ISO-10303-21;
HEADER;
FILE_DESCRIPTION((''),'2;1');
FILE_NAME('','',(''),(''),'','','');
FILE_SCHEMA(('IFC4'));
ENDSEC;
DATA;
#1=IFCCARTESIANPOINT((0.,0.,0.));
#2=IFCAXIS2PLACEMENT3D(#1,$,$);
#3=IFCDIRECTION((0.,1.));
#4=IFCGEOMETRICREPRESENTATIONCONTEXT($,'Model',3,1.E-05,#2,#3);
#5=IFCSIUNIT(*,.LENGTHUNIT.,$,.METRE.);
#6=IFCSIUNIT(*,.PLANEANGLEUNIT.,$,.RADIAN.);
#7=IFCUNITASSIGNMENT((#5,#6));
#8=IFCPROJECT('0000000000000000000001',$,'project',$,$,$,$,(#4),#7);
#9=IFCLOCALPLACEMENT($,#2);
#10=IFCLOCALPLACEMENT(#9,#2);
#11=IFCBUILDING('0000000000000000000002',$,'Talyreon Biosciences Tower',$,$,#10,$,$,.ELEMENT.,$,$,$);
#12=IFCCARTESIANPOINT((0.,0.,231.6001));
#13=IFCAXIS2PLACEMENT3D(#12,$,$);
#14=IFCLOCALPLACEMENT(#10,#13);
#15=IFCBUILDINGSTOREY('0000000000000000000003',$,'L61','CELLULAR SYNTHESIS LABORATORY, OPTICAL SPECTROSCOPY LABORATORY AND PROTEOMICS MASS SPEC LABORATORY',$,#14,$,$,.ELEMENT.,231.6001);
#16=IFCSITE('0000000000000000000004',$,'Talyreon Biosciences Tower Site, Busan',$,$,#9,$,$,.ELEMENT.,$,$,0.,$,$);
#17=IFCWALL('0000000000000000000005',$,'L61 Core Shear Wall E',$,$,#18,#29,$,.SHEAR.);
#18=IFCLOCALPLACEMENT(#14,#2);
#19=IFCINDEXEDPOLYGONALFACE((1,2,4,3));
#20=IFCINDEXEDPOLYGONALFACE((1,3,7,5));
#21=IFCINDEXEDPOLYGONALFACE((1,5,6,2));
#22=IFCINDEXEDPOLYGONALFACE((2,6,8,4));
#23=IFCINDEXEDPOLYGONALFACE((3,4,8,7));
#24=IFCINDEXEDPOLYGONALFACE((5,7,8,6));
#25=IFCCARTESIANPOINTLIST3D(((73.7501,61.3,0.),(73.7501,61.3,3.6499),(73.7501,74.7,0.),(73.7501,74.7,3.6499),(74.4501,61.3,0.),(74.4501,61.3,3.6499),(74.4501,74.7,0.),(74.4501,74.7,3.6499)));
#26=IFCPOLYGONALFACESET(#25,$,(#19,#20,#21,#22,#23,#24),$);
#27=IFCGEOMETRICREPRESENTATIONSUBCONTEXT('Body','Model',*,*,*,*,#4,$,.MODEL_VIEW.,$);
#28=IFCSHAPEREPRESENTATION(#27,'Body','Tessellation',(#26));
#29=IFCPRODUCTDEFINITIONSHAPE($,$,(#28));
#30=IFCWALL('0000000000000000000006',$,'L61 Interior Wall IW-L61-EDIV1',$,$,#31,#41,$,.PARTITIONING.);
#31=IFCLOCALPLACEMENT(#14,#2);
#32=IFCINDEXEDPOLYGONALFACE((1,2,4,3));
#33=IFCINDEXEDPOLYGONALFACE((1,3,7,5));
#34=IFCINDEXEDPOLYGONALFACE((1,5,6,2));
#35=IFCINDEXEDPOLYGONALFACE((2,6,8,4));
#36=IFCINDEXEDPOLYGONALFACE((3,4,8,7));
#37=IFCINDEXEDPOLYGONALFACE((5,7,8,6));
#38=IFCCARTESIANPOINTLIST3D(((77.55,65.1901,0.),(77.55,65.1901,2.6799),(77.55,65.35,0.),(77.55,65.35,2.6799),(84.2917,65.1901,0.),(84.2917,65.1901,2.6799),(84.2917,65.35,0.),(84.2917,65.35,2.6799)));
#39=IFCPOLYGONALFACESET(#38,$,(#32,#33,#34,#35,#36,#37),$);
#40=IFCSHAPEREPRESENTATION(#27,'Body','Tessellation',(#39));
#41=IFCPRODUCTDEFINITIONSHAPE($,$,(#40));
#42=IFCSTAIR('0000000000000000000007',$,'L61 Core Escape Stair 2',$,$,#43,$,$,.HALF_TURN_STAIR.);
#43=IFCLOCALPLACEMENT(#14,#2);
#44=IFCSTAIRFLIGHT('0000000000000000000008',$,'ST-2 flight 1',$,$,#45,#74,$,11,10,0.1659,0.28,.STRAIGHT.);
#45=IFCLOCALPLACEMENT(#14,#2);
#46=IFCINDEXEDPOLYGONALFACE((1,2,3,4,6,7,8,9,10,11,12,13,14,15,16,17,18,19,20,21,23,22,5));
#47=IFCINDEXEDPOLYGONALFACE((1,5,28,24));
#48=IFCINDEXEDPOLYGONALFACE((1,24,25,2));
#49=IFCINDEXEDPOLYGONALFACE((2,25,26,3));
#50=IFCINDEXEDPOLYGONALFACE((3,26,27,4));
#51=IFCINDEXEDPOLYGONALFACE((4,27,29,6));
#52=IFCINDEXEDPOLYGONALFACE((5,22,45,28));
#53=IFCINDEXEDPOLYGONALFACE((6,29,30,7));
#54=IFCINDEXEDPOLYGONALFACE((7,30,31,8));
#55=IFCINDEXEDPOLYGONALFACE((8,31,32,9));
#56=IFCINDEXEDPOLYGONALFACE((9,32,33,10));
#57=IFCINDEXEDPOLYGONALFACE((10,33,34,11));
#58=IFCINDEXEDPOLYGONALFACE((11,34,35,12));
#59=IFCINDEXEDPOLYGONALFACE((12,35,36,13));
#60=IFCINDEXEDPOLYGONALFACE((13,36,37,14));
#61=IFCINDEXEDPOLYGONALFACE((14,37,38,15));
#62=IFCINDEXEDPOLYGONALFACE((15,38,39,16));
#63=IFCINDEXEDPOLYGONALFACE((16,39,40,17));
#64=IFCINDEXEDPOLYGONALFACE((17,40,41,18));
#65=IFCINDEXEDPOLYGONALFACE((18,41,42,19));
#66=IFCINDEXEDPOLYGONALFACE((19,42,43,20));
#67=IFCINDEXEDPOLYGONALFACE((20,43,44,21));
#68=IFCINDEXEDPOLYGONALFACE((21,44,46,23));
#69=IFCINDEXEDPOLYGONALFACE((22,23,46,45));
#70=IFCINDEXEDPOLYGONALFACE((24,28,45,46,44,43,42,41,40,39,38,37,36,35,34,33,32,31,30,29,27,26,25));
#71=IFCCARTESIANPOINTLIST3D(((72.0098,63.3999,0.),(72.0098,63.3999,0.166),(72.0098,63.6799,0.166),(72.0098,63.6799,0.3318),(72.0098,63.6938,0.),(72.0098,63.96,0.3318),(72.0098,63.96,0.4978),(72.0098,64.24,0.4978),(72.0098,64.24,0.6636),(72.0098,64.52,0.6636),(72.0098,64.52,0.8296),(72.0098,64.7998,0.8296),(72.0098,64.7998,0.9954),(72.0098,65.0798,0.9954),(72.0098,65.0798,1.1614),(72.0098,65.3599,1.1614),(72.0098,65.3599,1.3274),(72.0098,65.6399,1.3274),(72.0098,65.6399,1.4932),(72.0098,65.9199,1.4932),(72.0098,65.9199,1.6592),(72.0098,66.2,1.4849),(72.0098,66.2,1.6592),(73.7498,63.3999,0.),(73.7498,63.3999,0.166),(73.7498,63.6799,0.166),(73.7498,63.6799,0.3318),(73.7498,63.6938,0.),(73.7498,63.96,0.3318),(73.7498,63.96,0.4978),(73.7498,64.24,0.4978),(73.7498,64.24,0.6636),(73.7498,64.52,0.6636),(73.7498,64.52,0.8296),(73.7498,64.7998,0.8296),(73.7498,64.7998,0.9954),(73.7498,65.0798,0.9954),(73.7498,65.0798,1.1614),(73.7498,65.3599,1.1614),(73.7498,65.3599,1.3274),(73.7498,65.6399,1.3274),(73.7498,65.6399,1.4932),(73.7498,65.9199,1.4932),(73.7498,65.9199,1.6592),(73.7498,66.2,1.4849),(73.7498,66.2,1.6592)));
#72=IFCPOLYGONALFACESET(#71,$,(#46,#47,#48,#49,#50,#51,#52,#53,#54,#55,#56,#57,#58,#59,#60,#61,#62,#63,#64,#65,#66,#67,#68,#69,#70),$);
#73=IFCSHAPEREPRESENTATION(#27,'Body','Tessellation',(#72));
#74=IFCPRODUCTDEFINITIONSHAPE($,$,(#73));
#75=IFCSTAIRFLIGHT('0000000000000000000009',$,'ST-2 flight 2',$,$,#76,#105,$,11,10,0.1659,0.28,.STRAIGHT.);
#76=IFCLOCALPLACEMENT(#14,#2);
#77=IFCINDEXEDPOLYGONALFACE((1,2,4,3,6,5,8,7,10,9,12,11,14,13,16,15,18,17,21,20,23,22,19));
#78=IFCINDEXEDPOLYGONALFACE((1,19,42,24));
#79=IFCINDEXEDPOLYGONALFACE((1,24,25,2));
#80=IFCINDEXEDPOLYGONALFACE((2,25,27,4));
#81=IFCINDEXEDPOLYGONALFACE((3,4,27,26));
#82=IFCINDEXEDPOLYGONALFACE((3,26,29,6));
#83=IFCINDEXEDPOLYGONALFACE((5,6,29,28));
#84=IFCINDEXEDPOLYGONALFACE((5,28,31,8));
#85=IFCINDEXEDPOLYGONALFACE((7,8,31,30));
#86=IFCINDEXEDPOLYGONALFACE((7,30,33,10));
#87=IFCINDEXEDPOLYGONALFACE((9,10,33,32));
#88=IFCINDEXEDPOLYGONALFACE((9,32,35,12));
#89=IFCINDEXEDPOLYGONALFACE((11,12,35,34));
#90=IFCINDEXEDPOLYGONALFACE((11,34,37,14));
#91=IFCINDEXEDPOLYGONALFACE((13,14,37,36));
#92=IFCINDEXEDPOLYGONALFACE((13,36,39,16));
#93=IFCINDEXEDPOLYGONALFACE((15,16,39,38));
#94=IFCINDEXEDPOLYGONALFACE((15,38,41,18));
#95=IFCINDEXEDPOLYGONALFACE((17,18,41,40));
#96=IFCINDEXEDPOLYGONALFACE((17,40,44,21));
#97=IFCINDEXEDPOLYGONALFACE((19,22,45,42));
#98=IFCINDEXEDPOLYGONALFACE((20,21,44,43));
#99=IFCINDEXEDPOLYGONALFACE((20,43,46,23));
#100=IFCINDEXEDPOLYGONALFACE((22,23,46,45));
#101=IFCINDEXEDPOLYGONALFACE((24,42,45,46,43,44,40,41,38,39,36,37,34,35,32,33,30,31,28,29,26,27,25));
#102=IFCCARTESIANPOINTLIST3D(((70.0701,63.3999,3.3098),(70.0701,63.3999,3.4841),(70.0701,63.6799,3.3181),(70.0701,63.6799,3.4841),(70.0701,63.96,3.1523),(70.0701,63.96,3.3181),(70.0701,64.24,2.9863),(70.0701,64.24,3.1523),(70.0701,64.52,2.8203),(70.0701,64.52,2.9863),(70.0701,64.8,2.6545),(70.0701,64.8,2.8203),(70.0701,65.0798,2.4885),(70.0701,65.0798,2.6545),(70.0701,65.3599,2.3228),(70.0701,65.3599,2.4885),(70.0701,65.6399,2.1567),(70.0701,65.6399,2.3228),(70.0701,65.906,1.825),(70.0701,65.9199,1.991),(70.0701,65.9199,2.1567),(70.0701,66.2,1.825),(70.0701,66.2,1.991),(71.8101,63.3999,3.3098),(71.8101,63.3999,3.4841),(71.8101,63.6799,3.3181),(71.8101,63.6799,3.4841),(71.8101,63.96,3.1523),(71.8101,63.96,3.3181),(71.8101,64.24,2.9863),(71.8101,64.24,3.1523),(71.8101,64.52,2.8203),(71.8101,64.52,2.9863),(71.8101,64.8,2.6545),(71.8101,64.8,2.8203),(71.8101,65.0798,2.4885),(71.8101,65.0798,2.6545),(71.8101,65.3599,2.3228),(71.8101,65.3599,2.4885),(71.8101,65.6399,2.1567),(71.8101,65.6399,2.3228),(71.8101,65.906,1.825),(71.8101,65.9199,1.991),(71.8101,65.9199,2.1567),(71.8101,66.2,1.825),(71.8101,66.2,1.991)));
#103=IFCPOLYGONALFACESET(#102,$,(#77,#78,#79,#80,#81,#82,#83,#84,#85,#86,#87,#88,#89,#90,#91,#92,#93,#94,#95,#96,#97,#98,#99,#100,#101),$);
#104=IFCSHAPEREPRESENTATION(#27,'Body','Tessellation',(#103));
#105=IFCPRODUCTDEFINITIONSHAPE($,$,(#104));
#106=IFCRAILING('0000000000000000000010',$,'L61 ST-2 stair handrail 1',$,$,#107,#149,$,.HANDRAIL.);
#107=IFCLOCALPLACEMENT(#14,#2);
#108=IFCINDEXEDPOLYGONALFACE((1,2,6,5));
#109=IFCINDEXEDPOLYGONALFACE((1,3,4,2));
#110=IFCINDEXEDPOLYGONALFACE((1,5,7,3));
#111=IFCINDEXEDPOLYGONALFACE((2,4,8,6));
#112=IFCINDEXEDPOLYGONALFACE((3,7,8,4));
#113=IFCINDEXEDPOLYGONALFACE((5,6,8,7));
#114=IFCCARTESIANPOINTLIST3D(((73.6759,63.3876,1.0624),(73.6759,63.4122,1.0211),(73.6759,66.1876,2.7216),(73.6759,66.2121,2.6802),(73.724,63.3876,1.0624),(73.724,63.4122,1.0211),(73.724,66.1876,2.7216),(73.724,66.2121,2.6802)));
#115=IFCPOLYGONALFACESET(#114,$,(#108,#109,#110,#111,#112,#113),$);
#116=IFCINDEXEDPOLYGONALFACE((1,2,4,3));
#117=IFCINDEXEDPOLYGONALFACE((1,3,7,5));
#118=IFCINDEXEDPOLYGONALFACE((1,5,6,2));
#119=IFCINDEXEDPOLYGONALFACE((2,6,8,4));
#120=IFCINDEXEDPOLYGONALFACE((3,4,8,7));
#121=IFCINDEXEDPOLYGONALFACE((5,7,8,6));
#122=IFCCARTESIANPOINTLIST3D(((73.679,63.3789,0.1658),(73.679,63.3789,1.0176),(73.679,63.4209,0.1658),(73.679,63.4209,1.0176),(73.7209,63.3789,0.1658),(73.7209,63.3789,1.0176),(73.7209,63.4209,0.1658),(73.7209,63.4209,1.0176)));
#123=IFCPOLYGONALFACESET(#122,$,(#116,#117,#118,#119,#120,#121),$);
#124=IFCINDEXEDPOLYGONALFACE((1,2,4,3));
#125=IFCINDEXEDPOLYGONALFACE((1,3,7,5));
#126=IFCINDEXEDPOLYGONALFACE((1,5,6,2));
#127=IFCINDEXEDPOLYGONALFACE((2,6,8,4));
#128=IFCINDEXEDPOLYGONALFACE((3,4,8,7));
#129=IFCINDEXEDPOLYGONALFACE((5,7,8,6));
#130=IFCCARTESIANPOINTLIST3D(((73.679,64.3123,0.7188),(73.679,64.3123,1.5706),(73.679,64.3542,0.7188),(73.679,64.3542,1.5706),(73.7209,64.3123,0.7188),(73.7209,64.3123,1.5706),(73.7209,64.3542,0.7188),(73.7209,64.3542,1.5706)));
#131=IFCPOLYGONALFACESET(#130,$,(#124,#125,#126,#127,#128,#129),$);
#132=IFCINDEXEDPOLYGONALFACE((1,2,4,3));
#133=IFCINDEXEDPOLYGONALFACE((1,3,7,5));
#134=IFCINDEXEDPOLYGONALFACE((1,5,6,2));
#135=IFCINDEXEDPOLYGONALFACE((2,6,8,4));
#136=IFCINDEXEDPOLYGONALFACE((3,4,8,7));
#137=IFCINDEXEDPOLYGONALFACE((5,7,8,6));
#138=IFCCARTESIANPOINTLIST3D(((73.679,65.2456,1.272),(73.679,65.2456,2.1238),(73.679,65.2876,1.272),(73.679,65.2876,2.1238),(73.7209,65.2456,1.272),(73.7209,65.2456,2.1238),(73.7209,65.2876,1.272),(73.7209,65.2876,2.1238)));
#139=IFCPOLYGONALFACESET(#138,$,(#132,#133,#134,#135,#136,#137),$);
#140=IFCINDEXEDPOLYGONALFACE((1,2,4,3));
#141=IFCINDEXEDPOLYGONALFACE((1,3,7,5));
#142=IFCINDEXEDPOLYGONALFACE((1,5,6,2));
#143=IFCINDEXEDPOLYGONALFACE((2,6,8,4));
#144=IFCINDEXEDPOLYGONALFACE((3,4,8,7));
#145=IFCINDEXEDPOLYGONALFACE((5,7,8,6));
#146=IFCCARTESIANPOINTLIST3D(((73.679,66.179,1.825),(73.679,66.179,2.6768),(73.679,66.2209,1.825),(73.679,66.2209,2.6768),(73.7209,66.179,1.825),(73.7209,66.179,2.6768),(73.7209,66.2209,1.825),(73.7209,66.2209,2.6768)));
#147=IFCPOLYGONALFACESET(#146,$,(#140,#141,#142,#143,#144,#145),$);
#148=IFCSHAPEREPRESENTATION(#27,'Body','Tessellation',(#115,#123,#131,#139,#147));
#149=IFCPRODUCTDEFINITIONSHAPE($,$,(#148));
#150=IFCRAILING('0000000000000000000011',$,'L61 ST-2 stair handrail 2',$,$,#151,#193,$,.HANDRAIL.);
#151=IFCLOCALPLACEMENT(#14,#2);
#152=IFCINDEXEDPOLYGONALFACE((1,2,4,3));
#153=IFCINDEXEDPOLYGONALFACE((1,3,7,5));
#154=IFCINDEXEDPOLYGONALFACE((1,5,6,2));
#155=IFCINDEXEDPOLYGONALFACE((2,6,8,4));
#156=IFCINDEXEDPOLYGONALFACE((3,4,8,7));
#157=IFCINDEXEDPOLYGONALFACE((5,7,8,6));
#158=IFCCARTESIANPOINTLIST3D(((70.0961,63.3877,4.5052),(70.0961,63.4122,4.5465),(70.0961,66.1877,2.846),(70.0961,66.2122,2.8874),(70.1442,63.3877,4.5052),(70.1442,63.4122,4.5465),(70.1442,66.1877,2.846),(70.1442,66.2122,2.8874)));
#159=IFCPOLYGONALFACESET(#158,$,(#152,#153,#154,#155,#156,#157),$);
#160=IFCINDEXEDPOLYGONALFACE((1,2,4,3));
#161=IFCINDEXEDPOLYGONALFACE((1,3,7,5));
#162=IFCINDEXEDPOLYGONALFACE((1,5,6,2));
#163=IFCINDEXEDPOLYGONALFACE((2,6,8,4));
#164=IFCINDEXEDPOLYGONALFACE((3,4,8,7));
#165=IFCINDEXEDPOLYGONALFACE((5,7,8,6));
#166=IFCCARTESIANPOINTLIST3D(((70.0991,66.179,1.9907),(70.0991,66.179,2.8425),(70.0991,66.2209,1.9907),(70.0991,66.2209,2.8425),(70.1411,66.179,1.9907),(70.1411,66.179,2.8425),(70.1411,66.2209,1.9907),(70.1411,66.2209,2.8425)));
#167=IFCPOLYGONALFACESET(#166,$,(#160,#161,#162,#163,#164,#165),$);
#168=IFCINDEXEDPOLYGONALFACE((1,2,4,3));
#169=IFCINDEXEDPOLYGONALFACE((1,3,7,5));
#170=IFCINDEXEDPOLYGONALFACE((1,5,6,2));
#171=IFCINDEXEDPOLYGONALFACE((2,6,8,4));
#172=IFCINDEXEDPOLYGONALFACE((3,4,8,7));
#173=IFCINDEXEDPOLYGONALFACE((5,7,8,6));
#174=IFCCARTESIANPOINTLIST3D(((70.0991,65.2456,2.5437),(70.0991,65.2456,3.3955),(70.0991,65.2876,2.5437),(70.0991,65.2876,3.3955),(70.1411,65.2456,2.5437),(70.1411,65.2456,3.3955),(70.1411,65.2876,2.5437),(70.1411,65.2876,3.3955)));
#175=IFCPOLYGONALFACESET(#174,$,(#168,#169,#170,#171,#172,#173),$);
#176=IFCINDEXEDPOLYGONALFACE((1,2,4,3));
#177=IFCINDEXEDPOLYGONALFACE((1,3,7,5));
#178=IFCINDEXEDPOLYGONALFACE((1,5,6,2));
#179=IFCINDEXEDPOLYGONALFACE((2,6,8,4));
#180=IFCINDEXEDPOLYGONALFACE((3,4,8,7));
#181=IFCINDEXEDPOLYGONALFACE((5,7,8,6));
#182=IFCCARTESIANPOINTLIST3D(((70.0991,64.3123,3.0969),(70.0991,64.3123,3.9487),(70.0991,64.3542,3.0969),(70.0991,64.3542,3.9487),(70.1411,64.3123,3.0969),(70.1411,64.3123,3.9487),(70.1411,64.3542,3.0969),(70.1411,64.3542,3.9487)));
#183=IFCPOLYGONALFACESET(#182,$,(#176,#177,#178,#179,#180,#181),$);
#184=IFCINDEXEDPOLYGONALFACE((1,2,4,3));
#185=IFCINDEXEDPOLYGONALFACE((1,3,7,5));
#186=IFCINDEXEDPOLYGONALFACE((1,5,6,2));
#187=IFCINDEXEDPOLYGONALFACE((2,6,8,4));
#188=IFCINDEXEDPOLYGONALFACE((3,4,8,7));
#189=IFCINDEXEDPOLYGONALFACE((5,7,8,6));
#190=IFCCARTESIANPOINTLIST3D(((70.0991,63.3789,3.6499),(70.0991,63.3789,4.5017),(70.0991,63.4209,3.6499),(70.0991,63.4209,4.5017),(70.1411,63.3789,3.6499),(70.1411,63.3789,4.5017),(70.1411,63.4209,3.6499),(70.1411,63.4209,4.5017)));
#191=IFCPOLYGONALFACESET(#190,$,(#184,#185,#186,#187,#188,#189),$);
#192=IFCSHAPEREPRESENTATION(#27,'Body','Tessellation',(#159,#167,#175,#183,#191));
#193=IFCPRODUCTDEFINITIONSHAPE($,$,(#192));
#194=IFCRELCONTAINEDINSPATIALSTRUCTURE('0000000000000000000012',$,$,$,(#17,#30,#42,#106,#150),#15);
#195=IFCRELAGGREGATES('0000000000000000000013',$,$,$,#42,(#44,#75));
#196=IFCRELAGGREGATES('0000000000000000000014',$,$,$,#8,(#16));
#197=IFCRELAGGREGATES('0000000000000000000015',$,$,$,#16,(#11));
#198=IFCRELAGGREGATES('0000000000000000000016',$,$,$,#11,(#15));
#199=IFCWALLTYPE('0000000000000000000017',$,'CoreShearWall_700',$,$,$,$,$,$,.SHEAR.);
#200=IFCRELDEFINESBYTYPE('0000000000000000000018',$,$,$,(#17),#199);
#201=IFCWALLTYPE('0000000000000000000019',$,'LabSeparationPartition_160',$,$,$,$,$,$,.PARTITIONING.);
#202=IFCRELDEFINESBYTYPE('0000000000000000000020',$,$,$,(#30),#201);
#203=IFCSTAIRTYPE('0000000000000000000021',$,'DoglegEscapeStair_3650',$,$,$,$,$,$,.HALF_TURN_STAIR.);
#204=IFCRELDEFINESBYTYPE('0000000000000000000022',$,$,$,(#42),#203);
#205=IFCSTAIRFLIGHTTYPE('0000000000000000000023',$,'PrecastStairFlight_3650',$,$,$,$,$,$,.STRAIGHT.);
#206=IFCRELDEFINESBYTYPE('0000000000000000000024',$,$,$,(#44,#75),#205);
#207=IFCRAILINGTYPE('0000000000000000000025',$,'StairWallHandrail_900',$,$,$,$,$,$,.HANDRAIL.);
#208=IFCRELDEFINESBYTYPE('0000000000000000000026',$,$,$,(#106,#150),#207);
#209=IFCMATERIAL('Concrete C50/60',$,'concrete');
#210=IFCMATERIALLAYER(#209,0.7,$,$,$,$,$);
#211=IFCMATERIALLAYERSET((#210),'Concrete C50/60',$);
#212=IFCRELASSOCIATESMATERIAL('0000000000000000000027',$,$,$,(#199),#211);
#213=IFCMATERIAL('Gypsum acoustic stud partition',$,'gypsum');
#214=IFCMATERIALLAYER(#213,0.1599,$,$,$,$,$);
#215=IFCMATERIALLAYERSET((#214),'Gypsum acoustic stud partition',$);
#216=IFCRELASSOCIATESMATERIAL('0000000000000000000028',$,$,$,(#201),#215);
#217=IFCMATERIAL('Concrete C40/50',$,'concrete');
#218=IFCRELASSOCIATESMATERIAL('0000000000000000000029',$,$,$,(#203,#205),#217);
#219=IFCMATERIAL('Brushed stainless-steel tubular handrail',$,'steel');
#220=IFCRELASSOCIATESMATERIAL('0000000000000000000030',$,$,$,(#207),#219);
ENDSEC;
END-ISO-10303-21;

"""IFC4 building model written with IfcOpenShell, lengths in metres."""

from ifc_helpers import new_model, si_unit, direction, frame, frame_2d, origin, origin_2d, place, context, subcontext, project, spatial, polyline, rectangle, outline, extrude, material, layer, layer_set, type_object, element, aggregate, save


model = new_model("IFC4")

# Units and contexts
model_context = context("Model", 3, precision=1e-05, world=origin(), true_north=direction((0.0, 1.0)))
body_context = subcontext(model_context, "Body", "Model", "MODEL_VIEW")
ifc_project = project(units=[si_unit("LENGTHUNIT", "METRE"), si_unit("PLANEANGLEUNIT", "RADIAN")], contexts=[model_context])

# Site, building, storey
site_placement = place(None, origin())
site = spatial("IfcSite", under=ifc_project, at=site_placement, Name="Talyreon Biosciences Tower Site, Busan", CompositionType="ELEMENT", RefElevation=0.0)
building_placement = place(site_placement, origin())
building = spatial("IfcBuilding", under=site, at=building_placement, Name="Talyreon Biosciences Tower", CompositionType="ELEMENT")
storey_placement = place(building_placement, frame((0.0, 0.0, 231.6001)))
storey = spatial("IfcBuildingStorey", under=building, at=storey_placement, Name="L61", Description="CELLULAR SYNTHESIS LABORATORY, OPTICAL SPECTROSCOPY LABORATORY AND PROTEOMICS MASS SPEC LABORATORY", CompositionType="ELEMENT", Elevation=231.6001)

# Shared definitions
ifc_material_1 = material(Name="Concrete C50/60", Category="concrete")

# Walls
ifc_layer_1 = layer(ifc_material_1, 0.7)
ifc_layer_set_1 = layer_set([ifc_layer_1], Name="Concrete C50/60")
wall_type_1 = type_object("IfcWallType", Name="CoreShearWall_700", PredefinedType="SHEAR", material=ifc_layer_set_1)
wall_1_placement = place(storey_placement, frame((74.1001, 61.3, 0.0), z_axis=(0.0, 0.0, 1.0), x_axis=(0.0, 1.0, 0.0)))
element("IfcWall", 1, at=wall_1_placement, inside=storey, type_object=wall_type_1, Name="L61 Core Shear Wall E", PredefinedType="SHEAR", context=body_context, shape_type="SweptSolid", body=[
    extrude(rectangle(XDim=13.3999, YDim=0.7, at=frame_2d((6.7, 0.0))), origin(), (0.0, 0.0, 1.0), 3.6499),
])
ifc_material_2 = material(Name="Gypsum acoustic stud partition", Category="gypsum")
ifc_layer_2 = layer(ifc_material_2, 0.1599)
ifc_layer_set_2 = layer_set([ifc_layer_2], Name="Gypsum acoustic stud partition")
wall_type_2 = type_object("IfcWallType", Name="LabSeparationPartition_160", PredefinedType="PARTITIONING", material=ifc_layer_set_2)
wall_2_placement = place(storey_placement, frame((77.55, 65.27, 0.0), z_axis=(0.0, 0.0, 1.0), x_axis=(1.0, 0.0, 0.0)))
element("IfcWall", 2, at=wall_2_placement, inside=storey, type_object=wall_type_2, Name="L61 Interior Wall IW-L61-EDIV1", PredefinedType="PARTITIONING", context=body_context, shape_type="SweptSolid", body=[
    extrude(rectangle(XDim=6.7417, YDim=0.1599, at=frame_2d((3.3708, 0.0))), origin(), (0.0, 0.0, 1.0), 2.6799),
])

# Stair, stair flights
ifc_material_3 = material(Name="Concrete C40/50", Category="concrete")
stair_type = type_object("IfcStairType", Name="DoglegEscapeStair_3650", PredefinedType="HALF_TURN_STAIR", material=ifc_material_3)
stair_placement = place(storey_placement, origin())
stair = element("IfcStair", 3, at=stair_placement, inside=storey, type_object=stair_type, Name="L61 Core Escape Stair 2", PredefinedType="HALF_TURN_STAIR")
stair_flight_type = type_object("IfcStairFlightType", Name="PrecastStairFlight_3650", PredefinedType="STRAIGHT", material=ifc_material_3)
stair_flight_1_placement = place(storey_placement, frame((72.8799, 63.3999, 0.0), z_axis=(0.0, 0.0, 1.0), x_axis=(0.0, 1.0, 0.0)))
stair_flight_1 = element("IfcStairFlight", 4, at=stair_flight_1_placement, type_object=stair_flight_type, Name="ST-2 flight 1", NumberOfRisers=11, NumberOfTreads=10, PredefinedType="STRAIGHT", RiserHeight=0.1659, TreadLength=0.28, context=body_context, shape_type="SweptSolid", body=[
    extrude(outline(polyline([(0.0, 0.0), (0.0, 0.166), (0.28, 0.166), (0.28, 0.3318), (0.5601, 0.3318), (0.5601, 0.4978), (0.8401, 0.4978), (0.8401, 0.6636), (1.1201, 0.6636), (1.1201, 0.8296), (1.3999, 0.8296), (1.3999, 0.9954), (1.6799, 0.9954), (1.6799, 1.1614), (1.96, 1.1614), (1.96, 1.3274), (2.24, 1.3274), (2.24, 1.4932), (2.52, 1.4932), (2.52, 1.6592), (2.8, 1.6592), (2.8, 1.825), (2.8, 1.4849), (0.2939, 0.0), (0.0, 0.0)])), frame((0.0, 0.8701, 0.0), z_axis=(0.0, -1.0, 0.0), x_axis=(1.0, 0.0, 0.0)), (0.0, 0.0, 1.0), 1.74),
])
stair_flight_2_placement = place(storey_placement, frame((70.9399, 66.2, 1.825), z_axis=(0.0, 0.0, 1.0), x_axis=(0.0, -1.0, 0.0)))
stair_flight_2 = element("IfcStairFlight", 5, at=stair_flight_2_placement, type_object=stair_flight_type, Name="ST-2 flight 2", NumberOfRisers=11, NumberOfTreads=10, PredefinedType="STRAIGHT", RiserHeight=0.1659, TreadLength=0.28, context=body_context, shape_type="SweptSolid", body=[
    extrude(outline(polyline([(0.0, 0.0), (0.0, 0.166), (0.28, 0.166), (0.28, 0.3318), (0.5601, 0.3318), (0.5601, 0.4978), (0.8401, 0.4978), (0.8401, 0.6636), (1.1201, 0.6636), (1.1201, 0.8296), (1.3999, 0.8296), (1.3999, 0.9954), (1.6799, 0.9954), (1.6799, 1.1614), (1.96, 1.1614), (1.96, 1.3274), (2.24, 1.3274), (2.24, 1.4932), (2.52, 1.4932), (2.52, 1.6592), (2.8, 1.6592), (2.8, 1.825), (2.8, 1.4849), (0.2939, 0.0), (0.0, 0.0)])), frame((0.0, 0.8701, 0.0), z_axis=(0.0, -1.0, 0.0), x_axis=(1.0, 0.0, 0.0)), (0.0, 0.0, 1.0), 1.74),
])
aggregate(stair, [stair_flight_1, stair_flight_2])

# Railings
ifc_material_4 = material(Name="Brushed stainless-steel tubular handrail", Category="steel")
railing_type_1 = type_object("IfcRailingType", Name="StairWallHandrail_900", PredefinedType="HANDRAIL", material=ifc_material_4)
railing_1_placement = place(storey_placement, frame((73.7, 63.3999, 0.1658)))
element("IfcRailing", 6, at=railing_1_placement, inside=storey, type_object=railing_type_1, Name="L61 ST-2 stair handrail 1", PredefinedType="HANDRAIL", context=body_context, shape_type="SweptSolid", body=[
    extrude(rectangle(XDim=0.0481, YDim=0.0481, at=origin_2d()), frame((0.0, 0.0, 0.876), z_axis=(0.0, 0.860306, 0.509778), x_axis=(-1.0, 0.0, 0.0)), (0.0, 0.0, 1.0), 3.2546),
    extrude(rectangle(XDim=0.042, YDim=0.042, at=origin_2d()), origin(), (0.0, 0.0, 1.0), 0.8518),
    extrude(rectangle(XDim=0.042, YDim=0.042, at=origin_2d()), frame((0.0, 0.9333, 0.553)), (0.0, 0.0, 1.0), 0.8518),
    extrude(rectangle(XDim=0.042, YDim=0.042, at=origin_2d()), frame((0.0, 1.8667, 1.1062)), (0.0, 0.0, 1.0), 0.8518),
    extrude(rectangle(XDim=0.042, YDim=0.042, at=origin_2d()), frame((0.0, 2.8, 1.6592)), (0.0, 0.0, 1.0), 0.8518),
])
railing_2_placement = place(storey_placement, frame((70.1201, 66.2, 1.9907)))
element("IfcRailing", 7, at=railing_2_placement, inside=storey, type_object=railing_type_1, Name="L61 ST-2 stair handrail 2", PredefinedType="HANDRAIL", context=body_context, shape_type="SweptSolid", body=[
    extrude(rectangle(XDim=0.0481, YDim=0.0481, at=origin_2d()), frame((0.0, 0.0, 0.876), z_axis=(0.0, -0.860306, 0.509778), x_axis=(1.0, 0.0, 0.0)), (0.0, 0.0, 1.0), 3.2546),
    extrude(rectangle(XDim=0.042, YDim=0.042, at=origin_2d()), origin(), (0.0, 0.0, 1.0), 0.8518),
    extrude(rectangle(XDim=0.042, YDim=0.042, at=origin_2d()), frame((0.0, -0.9333, 0.553)), (0.0, 0.0, 1.0), 0.8518),
    extrude(rectangle(XDim=0.042, YDim=0.042, at=origin_2d()), frame((0.0, -1.8667, 1.1062)), (0.0, 0.0, 1.0), 0.8518),
    extrude(rectangle(XDim=0.042, YDim=0.042, at=origin_2d()), frame((0.0, -2.8, 1.6592)), (0.0, 0.0, 1.0), 0.8518),
])

save(model, "model.ifc")
